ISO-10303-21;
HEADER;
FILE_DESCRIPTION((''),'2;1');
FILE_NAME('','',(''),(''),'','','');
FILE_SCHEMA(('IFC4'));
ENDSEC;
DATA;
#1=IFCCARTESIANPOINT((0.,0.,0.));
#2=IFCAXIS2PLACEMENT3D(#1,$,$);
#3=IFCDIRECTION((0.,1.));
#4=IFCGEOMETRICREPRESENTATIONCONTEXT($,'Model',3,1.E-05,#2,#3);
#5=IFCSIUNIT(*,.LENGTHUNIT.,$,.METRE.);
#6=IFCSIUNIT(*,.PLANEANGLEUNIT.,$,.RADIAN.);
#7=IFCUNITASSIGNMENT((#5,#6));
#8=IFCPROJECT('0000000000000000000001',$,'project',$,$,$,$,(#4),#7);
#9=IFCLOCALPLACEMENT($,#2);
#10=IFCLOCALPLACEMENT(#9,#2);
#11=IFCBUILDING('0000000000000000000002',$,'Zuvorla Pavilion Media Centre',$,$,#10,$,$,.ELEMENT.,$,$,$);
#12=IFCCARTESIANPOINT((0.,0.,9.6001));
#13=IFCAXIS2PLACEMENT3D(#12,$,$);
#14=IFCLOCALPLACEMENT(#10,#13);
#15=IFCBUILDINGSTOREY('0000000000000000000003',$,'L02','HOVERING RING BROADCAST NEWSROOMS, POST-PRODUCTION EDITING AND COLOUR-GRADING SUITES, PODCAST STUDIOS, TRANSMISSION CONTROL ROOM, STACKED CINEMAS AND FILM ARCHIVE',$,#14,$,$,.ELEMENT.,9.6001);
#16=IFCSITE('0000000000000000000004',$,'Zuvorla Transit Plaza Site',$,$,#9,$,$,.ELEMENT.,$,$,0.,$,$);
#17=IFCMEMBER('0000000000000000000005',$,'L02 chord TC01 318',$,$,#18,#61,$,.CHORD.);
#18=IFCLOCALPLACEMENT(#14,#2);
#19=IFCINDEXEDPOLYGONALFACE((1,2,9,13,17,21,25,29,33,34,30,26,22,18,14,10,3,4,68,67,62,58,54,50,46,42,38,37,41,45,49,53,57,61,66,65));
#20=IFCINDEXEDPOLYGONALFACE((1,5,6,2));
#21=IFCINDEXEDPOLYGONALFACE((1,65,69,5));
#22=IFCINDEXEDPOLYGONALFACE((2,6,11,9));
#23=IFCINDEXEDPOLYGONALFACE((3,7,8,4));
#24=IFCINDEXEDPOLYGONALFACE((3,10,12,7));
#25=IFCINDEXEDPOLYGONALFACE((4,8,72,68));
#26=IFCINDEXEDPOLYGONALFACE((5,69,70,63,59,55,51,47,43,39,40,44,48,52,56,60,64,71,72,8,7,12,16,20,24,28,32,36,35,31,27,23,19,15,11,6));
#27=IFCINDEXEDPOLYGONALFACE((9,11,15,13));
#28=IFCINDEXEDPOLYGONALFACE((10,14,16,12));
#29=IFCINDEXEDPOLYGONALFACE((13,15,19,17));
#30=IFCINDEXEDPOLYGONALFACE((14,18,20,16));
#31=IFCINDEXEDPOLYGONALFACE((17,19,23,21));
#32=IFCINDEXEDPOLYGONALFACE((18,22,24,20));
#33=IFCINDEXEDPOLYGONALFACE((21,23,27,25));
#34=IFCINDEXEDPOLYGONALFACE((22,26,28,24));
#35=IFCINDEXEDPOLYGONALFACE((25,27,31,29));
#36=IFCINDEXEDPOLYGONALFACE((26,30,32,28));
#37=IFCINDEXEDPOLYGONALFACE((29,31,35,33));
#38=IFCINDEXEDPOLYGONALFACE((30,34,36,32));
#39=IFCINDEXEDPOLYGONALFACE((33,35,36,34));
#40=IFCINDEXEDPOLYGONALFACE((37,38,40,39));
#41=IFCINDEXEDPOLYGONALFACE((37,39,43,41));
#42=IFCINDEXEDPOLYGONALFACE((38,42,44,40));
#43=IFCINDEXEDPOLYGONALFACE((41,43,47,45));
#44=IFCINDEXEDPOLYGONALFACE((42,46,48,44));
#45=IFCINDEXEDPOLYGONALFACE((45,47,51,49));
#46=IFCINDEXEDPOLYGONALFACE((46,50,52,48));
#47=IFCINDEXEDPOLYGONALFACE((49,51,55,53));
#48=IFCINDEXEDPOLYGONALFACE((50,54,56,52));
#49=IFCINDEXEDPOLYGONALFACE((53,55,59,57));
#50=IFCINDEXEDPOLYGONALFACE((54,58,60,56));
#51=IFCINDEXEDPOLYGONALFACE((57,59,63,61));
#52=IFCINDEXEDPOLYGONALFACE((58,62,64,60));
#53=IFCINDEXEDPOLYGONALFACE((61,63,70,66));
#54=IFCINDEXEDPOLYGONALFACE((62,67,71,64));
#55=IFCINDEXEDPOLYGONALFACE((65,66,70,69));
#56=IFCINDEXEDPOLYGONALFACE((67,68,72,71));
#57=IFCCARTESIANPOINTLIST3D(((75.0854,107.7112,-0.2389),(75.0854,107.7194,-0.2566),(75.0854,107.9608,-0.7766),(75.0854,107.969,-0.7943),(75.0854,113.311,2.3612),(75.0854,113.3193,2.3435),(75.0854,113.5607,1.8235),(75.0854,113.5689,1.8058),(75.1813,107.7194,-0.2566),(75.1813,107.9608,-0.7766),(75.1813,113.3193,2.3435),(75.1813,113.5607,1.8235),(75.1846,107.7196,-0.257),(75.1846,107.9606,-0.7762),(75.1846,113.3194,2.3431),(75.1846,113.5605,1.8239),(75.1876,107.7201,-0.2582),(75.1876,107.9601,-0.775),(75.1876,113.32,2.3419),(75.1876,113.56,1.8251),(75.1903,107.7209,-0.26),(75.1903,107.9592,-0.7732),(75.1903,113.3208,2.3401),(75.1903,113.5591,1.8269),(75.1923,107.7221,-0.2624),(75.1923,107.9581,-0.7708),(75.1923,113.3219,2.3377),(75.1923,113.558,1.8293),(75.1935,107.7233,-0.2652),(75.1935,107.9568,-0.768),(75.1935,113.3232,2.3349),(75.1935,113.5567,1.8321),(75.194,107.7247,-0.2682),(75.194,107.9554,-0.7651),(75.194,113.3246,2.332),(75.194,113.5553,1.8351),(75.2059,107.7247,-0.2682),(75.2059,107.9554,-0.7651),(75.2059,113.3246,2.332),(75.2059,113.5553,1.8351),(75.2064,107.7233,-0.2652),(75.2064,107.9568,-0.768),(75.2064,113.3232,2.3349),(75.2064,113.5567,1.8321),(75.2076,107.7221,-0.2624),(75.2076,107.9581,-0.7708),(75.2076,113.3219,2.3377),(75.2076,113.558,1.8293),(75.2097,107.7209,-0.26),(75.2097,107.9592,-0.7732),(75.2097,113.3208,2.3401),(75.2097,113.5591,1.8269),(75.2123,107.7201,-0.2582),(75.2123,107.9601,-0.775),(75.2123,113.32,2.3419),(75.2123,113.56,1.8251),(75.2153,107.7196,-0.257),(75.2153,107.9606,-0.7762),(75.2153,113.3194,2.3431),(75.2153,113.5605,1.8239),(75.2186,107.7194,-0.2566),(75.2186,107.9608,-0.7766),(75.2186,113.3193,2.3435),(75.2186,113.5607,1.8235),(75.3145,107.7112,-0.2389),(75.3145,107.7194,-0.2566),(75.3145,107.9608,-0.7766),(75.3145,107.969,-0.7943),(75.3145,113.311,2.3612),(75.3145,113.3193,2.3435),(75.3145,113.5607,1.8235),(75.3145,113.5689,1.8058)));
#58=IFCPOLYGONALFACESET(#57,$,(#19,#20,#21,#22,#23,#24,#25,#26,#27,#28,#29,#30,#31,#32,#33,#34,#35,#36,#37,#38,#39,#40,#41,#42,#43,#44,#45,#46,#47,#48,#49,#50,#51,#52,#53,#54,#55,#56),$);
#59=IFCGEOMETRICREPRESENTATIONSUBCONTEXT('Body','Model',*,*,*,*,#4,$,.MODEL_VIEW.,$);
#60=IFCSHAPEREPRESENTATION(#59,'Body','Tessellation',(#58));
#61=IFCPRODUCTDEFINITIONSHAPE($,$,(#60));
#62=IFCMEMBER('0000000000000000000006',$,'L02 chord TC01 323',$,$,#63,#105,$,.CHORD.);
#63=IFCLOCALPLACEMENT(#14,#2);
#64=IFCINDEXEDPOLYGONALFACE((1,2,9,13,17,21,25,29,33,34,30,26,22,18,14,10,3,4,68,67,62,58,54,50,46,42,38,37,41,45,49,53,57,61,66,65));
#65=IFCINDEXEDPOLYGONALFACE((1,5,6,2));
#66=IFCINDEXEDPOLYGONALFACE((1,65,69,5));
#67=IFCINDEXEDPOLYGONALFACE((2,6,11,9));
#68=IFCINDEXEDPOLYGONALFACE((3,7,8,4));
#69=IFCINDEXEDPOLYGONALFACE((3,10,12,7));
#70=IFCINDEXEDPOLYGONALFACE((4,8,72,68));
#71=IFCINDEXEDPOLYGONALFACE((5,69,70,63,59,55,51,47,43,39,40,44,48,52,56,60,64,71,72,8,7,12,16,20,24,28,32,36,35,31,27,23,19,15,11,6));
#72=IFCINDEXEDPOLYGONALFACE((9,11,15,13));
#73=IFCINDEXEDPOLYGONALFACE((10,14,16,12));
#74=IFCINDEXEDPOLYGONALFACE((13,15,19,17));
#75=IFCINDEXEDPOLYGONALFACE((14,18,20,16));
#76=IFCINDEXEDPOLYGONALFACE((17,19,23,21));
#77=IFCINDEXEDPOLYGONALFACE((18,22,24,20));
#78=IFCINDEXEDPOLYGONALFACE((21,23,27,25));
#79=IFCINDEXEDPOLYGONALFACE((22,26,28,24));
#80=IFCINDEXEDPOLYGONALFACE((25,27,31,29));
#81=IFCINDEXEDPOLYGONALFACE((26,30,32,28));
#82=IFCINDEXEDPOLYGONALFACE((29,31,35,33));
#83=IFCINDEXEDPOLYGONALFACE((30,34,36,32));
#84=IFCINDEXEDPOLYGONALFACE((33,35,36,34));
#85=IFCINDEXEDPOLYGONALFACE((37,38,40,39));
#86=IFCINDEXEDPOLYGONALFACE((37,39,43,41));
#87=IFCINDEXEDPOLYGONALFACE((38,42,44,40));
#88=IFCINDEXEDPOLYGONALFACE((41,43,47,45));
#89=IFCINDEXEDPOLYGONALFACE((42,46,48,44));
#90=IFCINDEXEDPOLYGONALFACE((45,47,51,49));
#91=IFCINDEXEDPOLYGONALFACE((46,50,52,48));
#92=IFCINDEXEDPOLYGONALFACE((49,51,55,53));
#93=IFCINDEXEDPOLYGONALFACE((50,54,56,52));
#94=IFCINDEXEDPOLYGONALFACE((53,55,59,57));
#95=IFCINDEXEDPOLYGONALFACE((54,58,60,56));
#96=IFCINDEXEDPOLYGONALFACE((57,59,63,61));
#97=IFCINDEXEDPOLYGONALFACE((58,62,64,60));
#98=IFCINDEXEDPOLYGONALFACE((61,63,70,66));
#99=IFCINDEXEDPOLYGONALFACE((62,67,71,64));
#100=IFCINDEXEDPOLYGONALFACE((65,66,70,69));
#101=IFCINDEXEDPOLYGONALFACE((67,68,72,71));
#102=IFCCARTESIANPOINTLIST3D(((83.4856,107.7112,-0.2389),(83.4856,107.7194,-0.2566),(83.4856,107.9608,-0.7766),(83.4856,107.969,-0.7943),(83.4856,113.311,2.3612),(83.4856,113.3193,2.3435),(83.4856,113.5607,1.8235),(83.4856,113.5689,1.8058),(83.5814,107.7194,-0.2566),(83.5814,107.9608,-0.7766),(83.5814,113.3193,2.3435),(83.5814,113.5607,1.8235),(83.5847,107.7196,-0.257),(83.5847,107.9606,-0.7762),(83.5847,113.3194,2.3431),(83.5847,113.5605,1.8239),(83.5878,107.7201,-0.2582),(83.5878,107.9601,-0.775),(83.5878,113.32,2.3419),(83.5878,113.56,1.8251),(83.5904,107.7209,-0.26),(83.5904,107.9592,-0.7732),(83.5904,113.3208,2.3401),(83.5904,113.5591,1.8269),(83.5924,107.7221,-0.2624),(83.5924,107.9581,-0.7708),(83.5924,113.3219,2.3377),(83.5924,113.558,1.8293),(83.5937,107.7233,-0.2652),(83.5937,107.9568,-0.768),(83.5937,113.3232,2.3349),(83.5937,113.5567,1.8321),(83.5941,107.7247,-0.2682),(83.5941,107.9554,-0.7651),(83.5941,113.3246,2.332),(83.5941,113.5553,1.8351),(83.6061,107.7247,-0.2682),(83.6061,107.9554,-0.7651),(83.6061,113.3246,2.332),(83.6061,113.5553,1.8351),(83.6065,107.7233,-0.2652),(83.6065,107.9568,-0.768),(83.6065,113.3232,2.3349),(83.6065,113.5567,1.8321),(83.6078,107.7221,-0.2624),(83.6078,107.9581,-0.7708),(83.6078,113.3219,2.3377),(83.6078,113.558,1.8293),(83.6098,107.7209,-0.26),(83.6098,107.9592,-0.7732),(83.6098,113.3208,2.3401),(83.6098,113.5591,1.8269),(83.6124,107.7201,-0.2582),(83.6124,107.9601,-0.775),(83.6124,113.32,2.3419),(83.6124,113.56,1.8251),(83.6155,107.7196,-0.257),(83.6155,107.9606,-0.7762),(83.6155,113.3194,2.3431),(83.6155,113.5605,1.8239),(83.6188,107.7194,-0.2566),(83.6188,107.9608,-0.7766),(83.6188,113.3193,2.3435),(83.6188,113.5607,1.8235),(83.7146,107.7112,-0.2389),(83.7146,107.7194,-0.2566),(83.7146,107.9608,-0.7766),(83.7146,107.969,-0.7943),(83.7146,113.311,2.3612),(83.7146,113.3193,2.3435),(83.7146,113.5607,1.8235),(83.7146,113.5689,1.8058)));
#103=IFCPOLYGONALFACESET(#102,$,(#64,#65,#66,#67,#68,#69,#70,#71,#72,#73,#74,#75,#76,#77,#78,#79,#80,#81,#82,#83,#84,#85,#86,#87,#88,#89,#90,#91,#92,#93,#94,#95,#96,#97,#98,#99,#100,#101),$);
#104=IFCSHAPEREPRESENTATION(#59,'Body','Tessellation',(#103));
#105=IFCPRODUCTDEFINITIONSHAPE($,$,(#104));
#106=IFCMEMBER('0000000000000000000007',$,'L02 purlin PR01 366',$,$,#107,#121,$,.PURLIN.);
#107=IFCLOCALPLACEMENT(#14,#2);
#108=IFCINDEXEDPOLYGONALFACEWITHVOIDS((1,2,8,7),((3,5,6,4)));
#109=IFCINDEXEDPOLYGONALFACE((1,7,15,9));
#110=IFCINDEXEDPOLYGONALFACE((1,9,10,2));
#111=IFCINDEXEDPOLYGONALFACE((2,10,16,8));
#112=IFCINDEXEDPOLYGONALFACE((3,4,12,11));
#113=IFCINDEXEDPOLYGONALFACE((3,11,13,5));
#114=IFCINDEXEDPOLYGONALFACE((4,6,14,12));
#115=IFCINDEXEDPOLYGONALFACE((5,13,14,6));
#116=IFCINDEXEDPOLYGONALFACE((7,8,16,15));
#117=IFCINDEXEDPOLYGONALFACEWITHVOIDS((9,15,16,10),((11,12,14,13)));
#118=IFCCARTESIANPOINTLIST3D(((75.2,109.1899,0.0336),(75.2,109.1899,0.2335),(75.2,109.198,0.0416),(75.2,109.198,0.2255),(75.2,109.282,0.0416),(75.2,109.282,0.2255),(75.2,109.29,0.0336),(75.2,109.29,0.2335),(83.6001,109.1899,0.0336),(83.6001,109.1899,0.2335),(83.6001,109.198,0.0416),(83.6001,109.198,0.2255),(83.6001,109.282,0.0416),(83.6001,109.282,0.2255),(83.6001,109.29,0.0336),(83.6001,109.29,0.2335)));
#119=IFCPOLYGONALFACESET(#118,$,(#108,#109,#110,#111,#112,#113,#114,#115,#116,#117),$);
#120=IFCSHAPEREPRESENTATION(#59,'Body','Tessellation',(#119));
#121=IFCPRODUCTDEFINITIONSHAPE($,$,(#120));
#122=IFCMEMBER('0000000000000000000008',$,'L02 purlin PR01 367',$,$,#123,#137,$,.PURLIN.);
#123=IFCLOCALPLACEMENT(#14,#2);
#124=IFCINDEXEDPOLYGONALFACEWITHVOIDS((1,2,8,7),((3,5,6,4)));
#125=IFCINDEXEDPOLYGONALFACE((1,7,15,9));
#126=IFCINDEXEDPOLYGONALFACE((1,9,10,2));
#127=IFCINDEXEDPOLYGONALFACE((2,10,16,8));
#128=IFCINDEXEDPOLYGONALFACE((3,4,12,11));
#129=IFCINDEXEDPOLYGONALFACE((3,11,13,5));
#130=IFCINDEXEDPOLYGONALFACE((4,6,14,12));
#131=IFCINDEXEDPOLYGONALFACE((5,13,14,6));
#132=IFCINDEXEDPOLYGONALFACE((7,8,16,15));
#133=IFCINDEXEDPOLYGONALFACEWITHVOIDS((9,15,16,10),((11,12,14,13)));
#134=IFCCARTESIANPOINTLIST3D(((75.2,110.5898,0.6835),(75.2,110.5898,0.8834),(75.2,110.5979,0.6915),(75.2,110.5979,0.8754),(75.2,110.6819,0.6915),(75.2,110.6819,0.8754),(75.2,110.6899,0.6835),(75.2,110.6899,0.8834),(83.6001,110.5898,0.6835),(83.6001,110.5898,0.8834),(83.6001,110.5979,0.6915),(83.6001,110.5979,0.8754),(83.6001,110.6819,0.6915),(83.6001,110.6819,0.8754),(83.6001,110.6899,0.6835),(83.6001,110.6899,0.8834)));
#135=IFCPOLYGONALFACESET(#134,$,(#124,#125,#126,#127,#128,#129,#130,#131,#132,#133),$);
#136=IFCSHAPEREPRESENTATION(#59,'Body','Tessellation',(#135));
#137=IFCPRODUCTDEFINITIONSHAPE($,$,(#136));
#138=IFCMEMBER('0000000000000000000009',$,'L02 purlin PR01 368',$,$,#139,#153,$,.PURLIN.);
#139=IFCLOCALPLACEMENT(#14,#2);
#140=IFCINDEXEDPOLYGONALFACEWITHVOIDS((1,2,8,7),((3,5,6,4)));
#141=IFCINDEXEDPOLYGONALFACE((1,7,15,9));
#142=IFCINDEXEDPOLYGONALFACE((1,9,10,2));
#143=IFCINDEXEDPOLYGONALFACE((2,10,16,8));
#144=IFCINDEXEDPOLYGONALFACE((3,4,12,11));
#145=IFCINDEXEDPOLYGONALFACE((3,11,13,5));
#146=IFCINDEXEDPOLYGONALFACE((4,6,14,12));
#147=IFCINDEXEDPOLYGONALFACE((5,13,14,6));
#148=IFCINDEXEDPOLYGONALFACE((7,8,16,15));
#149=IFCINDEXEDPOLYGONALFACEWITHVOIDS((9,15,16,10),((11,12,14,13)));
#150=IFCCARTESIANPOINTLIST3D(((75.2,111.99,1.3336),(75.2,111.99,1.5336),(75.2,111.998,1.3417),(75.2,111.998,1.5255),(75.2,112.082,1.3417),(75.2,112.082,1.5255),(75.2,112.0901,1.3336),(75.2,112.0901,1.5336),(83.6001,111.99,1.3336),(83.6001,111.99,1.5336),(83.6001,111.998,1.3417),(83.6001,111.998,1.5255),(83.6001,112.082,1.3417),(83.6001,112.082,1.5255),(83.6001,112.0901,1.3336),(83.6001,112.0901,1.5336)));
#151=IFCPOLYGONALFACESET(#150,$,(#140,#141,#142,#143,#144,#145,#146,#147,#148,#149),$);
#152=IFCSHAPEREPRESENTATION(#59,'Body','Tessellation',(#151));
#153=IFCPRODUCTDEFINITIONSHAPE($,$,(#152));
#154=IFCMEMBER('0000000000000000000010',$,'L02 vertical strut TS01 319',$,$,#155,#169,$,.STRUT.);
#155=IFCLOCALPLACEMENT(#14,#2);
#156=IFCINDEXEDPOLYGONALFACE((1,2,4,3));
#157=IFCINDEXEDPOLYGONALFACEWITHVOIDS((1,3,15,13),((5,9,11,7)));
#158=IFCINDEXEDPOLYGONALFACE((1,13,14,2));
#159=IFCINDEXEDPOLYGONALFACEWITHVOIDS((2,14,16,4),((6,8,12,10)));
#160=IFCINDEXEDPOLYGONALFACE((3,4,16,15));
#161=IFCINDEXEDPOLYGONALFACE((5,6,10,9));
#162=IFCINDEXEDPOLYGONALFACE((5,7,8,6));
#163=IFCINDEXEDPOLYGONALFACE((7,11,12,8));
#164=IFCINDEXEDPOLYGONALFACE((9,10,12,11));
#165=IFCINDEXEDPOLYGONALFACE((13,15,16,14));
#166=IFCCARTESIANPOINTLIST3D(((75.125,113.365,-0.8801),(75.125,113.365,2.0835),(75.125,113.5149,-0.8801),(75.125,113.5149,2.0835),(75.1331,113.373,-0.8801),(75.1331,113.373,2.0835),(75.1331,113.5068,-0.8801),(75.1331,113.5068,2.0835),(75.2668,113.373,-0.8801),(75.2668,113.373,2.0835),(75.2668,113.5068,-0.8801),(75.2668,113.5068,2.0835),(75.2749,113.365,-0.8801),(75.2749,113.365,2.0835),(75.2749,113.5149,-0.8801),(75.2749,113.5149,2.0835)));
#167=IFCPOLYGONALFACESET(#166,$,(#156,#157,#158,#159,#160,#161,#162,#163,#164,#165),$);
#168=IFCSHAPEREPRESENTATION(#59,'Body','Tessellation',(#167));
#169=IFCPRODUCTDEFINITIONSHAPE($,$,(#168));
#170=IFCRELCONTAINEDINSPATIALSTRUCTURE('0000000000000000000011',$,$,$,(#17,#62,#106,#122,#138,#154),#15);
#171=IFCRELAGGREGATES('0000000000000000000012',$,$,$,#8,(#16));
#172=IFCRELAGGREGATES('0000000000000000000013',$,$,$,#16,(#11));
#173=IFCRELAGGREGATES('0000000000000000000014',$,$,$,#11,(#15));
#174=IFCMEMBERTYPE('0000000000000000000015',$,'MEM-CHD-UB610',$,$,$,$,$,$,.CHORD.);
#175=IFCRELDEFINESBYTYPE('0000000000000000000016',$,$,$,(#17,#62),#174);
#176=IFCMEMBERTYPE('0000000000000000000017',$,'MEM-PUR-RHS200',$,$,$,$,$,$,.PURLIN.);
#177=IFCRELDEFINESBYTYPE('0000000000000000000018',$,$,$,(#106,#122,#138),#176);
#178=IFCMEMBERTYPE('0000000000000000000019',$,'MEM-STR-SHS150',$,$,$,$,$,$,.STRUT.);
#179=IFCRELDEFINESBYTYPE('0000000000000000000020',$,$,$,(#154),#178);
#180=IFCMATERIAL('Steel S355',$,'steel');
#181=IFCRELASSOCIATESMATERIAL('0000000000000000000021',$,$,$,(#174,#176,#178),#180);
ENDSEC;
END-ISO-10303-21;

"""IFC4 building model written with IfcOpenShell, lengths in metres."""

from ifc_helpers import new_model, si_unit, direction, frame, origin, origin_2d, place, context, subcontext, project, spatial, hollow_rectangle, i_section, extrude, material, material_profile, profile_set, type_object, element, save


model = new_model("IFC4")

# Units and contexts
model_context = context("Model", 3, precision=1e-05, world=origin(), true_north=direction((0.0, 1.0)))
body_context = subcontext(model_context, "Body", "Model", "MODEL_VIEW")
ifc_project = project(units=[si_unit("LENGTHUNIT", "METRE"), si_unit("PLANEANGLEUNIT", "RADIAN")], contexts=[model_context])

# Site, building, storey
site_placement = place(None, origin())
site = spatial("IfcSite", under=ifc_project, at=site_placement, Name="Zuvorla Transit Plaza Site", CompositionType="ELEMENT", RefElevation=0.0)
building_placement = place(site_placement, origin())
building = spatial("IfcBuilding", under=site, at=building_placement, Name="Zuvorla Pavilion Media Centre", CompositionType="ELEMENT")
storey_placement = place(building_placement, frame((0.0, 0.0, 9.6001)))
storey = spatial("IfcBuildingStorey", under=building, at=storey_placement, Name="L02", Description="HOVERING RING BROADCAST NEWSROOMS, POST-PRODUCTION EDITING AND COLOUR-GRADING SUITES, PODCAST STUDIOS, TRANSMISSION CONTROL ROOM, STACKED CINEMAS AND FILM ARCHIVE", CompositionType="ELEMENT", Elevation=9.6001)

# Members
ifc_material_1 = material(Name="Steel S355", Category="steel")
ifc_material_profile_1 = material_profile(ifc_material_1, i_section(OverallWidth=0.229, OverallDepth=0.6123, WebThickness=0.012, FlangeThickness=0.0195, FilletRadius=0.0127, at=origin_2d()), Name="UB 610x229x125")
ifc_profile_set_1 = profile_set([ifc_material_profile_1], Name="Steel S355")
member_type_1 = type_object("IfcMemberType", Name="MEM-CHD-UB610", PredefinedType="CHORD", material=ifc_profile_set_1)
for number, where, z_axis, x_axis, name in (
    (1, (75.2, 107.8401, -0.5166), (0.0, 0.906999, 0.421133), (-1.0, 0.0, 0.0), "L02 chord TC01 318"),
    (2, (83.6001, 107.8401, -0.5166), (0.0, 0.906999, 0.421133), (-1.0, 0.0, 0.0), "L02 chord TC01 323"),
):
    element("IfcMember", number, at=place(storey_placement, frame(where, z_axis=z_axis, x_axis=x_axis)), inside=storey, type_object=member_type_1, Name=name, PredefinedType="CHORD", context=body_context, shape_type="SweptSolid", body=[
        extrude(i_section(OverallWidth=0.229, OverallDepth=0.6123, WebThickness=0.012, FlangeThickness=0.0195, FilletRadius=0.0127, at=origin_2d()), origin(), (0.0, 0.0, 1.0), 6.1741),
    ])
ifc_material_profile_2 = material_profile(ifc_material_1, hollow_rectangle(XDim=0.1001, YDim=0.2, WallThickness=0.0081, at=origin_2d()), Name="RHS 200x100x8")
ifc_profile_set_2 = profile_set([ifc_material_profile_2], Name="Steel S355")
member_type_2 = type_object("IfcMemberType", Name="MEM-PUR-RHS200", PredefinedType="PURLIN", material=ifc_profile_set_2)
for number, where, z_axis, x_axis, name in (
    (3, (75.2, 109.24, 0.1335), (1.0, 0.0, 0.0), (0.0, 1.0, 0.0), "L02 purlin PR01 366"),
    (4, (75.2, 110.6399, 0.7834), (1.0, 0.0, 0.0), (0.0, 1.0, 0.0), "L02 purlin PR01 367"),
    (5, (75.2, 112.04, 1.4336), (1.0, 0.0, 0.0), (0.0, 1.0, 0.0), "L02 purlin PR01 368"),
):
    element("IfcMember", number, at=place(storey_placement, frame(where, z_axis=z_axis, x_axis=x_axis)), inside=storey, type_object=member_type_2, Name=name, PredefinedType="PURLIN", context=body_context, shape_type="SweptSolid", body=[
        extrude(hollow_rectangle(XDim=0.1001, YDim=0.2, WallThickness=0.0081, at=origin_2d()), origin(), (0.0, 0.0, 1.0), 8.4001),
    ])
ifc_material_profile_3 = material_profile(ifc_material_1, hollow_rectangle(XDim=0.1499, YDim=0.1499, WallThickness=0.0081, at=origin_2d()), Name="SHS 150x150x8")
ifc_profile_set_3 = profile_set([ifc_material_profile_3], Name="Steel S355")
member_type_3 = type_object("IfcMemberType", Name="MEM-STR-SHS150", PredefinedType="STRUT", material=ifc_profile_set_3)
member_1_placement = place(storey_placement, frame((75.2, 113.4399, -0.8801), z_axis=(0.0, 0.0, 1.0), x_axis=(1.0, 0.0, 0.0)))
element("IfcMember", 6, at=member_1_placement, inside=storey, type_object=member_type_3, Name="L02 vertical strut TS01 319", PredefinedType="STRUT", context=body_context, shape_type="SweptSolid", body=[
    extrude(hollow_rectangle(XDim=0.1499, YDim=0.1499, WallThickness=0.0081, at=origin_2d()), origin(), (0.0, 0.0, 1.0), 2.9636),
])

save(model, "model.ifc")
